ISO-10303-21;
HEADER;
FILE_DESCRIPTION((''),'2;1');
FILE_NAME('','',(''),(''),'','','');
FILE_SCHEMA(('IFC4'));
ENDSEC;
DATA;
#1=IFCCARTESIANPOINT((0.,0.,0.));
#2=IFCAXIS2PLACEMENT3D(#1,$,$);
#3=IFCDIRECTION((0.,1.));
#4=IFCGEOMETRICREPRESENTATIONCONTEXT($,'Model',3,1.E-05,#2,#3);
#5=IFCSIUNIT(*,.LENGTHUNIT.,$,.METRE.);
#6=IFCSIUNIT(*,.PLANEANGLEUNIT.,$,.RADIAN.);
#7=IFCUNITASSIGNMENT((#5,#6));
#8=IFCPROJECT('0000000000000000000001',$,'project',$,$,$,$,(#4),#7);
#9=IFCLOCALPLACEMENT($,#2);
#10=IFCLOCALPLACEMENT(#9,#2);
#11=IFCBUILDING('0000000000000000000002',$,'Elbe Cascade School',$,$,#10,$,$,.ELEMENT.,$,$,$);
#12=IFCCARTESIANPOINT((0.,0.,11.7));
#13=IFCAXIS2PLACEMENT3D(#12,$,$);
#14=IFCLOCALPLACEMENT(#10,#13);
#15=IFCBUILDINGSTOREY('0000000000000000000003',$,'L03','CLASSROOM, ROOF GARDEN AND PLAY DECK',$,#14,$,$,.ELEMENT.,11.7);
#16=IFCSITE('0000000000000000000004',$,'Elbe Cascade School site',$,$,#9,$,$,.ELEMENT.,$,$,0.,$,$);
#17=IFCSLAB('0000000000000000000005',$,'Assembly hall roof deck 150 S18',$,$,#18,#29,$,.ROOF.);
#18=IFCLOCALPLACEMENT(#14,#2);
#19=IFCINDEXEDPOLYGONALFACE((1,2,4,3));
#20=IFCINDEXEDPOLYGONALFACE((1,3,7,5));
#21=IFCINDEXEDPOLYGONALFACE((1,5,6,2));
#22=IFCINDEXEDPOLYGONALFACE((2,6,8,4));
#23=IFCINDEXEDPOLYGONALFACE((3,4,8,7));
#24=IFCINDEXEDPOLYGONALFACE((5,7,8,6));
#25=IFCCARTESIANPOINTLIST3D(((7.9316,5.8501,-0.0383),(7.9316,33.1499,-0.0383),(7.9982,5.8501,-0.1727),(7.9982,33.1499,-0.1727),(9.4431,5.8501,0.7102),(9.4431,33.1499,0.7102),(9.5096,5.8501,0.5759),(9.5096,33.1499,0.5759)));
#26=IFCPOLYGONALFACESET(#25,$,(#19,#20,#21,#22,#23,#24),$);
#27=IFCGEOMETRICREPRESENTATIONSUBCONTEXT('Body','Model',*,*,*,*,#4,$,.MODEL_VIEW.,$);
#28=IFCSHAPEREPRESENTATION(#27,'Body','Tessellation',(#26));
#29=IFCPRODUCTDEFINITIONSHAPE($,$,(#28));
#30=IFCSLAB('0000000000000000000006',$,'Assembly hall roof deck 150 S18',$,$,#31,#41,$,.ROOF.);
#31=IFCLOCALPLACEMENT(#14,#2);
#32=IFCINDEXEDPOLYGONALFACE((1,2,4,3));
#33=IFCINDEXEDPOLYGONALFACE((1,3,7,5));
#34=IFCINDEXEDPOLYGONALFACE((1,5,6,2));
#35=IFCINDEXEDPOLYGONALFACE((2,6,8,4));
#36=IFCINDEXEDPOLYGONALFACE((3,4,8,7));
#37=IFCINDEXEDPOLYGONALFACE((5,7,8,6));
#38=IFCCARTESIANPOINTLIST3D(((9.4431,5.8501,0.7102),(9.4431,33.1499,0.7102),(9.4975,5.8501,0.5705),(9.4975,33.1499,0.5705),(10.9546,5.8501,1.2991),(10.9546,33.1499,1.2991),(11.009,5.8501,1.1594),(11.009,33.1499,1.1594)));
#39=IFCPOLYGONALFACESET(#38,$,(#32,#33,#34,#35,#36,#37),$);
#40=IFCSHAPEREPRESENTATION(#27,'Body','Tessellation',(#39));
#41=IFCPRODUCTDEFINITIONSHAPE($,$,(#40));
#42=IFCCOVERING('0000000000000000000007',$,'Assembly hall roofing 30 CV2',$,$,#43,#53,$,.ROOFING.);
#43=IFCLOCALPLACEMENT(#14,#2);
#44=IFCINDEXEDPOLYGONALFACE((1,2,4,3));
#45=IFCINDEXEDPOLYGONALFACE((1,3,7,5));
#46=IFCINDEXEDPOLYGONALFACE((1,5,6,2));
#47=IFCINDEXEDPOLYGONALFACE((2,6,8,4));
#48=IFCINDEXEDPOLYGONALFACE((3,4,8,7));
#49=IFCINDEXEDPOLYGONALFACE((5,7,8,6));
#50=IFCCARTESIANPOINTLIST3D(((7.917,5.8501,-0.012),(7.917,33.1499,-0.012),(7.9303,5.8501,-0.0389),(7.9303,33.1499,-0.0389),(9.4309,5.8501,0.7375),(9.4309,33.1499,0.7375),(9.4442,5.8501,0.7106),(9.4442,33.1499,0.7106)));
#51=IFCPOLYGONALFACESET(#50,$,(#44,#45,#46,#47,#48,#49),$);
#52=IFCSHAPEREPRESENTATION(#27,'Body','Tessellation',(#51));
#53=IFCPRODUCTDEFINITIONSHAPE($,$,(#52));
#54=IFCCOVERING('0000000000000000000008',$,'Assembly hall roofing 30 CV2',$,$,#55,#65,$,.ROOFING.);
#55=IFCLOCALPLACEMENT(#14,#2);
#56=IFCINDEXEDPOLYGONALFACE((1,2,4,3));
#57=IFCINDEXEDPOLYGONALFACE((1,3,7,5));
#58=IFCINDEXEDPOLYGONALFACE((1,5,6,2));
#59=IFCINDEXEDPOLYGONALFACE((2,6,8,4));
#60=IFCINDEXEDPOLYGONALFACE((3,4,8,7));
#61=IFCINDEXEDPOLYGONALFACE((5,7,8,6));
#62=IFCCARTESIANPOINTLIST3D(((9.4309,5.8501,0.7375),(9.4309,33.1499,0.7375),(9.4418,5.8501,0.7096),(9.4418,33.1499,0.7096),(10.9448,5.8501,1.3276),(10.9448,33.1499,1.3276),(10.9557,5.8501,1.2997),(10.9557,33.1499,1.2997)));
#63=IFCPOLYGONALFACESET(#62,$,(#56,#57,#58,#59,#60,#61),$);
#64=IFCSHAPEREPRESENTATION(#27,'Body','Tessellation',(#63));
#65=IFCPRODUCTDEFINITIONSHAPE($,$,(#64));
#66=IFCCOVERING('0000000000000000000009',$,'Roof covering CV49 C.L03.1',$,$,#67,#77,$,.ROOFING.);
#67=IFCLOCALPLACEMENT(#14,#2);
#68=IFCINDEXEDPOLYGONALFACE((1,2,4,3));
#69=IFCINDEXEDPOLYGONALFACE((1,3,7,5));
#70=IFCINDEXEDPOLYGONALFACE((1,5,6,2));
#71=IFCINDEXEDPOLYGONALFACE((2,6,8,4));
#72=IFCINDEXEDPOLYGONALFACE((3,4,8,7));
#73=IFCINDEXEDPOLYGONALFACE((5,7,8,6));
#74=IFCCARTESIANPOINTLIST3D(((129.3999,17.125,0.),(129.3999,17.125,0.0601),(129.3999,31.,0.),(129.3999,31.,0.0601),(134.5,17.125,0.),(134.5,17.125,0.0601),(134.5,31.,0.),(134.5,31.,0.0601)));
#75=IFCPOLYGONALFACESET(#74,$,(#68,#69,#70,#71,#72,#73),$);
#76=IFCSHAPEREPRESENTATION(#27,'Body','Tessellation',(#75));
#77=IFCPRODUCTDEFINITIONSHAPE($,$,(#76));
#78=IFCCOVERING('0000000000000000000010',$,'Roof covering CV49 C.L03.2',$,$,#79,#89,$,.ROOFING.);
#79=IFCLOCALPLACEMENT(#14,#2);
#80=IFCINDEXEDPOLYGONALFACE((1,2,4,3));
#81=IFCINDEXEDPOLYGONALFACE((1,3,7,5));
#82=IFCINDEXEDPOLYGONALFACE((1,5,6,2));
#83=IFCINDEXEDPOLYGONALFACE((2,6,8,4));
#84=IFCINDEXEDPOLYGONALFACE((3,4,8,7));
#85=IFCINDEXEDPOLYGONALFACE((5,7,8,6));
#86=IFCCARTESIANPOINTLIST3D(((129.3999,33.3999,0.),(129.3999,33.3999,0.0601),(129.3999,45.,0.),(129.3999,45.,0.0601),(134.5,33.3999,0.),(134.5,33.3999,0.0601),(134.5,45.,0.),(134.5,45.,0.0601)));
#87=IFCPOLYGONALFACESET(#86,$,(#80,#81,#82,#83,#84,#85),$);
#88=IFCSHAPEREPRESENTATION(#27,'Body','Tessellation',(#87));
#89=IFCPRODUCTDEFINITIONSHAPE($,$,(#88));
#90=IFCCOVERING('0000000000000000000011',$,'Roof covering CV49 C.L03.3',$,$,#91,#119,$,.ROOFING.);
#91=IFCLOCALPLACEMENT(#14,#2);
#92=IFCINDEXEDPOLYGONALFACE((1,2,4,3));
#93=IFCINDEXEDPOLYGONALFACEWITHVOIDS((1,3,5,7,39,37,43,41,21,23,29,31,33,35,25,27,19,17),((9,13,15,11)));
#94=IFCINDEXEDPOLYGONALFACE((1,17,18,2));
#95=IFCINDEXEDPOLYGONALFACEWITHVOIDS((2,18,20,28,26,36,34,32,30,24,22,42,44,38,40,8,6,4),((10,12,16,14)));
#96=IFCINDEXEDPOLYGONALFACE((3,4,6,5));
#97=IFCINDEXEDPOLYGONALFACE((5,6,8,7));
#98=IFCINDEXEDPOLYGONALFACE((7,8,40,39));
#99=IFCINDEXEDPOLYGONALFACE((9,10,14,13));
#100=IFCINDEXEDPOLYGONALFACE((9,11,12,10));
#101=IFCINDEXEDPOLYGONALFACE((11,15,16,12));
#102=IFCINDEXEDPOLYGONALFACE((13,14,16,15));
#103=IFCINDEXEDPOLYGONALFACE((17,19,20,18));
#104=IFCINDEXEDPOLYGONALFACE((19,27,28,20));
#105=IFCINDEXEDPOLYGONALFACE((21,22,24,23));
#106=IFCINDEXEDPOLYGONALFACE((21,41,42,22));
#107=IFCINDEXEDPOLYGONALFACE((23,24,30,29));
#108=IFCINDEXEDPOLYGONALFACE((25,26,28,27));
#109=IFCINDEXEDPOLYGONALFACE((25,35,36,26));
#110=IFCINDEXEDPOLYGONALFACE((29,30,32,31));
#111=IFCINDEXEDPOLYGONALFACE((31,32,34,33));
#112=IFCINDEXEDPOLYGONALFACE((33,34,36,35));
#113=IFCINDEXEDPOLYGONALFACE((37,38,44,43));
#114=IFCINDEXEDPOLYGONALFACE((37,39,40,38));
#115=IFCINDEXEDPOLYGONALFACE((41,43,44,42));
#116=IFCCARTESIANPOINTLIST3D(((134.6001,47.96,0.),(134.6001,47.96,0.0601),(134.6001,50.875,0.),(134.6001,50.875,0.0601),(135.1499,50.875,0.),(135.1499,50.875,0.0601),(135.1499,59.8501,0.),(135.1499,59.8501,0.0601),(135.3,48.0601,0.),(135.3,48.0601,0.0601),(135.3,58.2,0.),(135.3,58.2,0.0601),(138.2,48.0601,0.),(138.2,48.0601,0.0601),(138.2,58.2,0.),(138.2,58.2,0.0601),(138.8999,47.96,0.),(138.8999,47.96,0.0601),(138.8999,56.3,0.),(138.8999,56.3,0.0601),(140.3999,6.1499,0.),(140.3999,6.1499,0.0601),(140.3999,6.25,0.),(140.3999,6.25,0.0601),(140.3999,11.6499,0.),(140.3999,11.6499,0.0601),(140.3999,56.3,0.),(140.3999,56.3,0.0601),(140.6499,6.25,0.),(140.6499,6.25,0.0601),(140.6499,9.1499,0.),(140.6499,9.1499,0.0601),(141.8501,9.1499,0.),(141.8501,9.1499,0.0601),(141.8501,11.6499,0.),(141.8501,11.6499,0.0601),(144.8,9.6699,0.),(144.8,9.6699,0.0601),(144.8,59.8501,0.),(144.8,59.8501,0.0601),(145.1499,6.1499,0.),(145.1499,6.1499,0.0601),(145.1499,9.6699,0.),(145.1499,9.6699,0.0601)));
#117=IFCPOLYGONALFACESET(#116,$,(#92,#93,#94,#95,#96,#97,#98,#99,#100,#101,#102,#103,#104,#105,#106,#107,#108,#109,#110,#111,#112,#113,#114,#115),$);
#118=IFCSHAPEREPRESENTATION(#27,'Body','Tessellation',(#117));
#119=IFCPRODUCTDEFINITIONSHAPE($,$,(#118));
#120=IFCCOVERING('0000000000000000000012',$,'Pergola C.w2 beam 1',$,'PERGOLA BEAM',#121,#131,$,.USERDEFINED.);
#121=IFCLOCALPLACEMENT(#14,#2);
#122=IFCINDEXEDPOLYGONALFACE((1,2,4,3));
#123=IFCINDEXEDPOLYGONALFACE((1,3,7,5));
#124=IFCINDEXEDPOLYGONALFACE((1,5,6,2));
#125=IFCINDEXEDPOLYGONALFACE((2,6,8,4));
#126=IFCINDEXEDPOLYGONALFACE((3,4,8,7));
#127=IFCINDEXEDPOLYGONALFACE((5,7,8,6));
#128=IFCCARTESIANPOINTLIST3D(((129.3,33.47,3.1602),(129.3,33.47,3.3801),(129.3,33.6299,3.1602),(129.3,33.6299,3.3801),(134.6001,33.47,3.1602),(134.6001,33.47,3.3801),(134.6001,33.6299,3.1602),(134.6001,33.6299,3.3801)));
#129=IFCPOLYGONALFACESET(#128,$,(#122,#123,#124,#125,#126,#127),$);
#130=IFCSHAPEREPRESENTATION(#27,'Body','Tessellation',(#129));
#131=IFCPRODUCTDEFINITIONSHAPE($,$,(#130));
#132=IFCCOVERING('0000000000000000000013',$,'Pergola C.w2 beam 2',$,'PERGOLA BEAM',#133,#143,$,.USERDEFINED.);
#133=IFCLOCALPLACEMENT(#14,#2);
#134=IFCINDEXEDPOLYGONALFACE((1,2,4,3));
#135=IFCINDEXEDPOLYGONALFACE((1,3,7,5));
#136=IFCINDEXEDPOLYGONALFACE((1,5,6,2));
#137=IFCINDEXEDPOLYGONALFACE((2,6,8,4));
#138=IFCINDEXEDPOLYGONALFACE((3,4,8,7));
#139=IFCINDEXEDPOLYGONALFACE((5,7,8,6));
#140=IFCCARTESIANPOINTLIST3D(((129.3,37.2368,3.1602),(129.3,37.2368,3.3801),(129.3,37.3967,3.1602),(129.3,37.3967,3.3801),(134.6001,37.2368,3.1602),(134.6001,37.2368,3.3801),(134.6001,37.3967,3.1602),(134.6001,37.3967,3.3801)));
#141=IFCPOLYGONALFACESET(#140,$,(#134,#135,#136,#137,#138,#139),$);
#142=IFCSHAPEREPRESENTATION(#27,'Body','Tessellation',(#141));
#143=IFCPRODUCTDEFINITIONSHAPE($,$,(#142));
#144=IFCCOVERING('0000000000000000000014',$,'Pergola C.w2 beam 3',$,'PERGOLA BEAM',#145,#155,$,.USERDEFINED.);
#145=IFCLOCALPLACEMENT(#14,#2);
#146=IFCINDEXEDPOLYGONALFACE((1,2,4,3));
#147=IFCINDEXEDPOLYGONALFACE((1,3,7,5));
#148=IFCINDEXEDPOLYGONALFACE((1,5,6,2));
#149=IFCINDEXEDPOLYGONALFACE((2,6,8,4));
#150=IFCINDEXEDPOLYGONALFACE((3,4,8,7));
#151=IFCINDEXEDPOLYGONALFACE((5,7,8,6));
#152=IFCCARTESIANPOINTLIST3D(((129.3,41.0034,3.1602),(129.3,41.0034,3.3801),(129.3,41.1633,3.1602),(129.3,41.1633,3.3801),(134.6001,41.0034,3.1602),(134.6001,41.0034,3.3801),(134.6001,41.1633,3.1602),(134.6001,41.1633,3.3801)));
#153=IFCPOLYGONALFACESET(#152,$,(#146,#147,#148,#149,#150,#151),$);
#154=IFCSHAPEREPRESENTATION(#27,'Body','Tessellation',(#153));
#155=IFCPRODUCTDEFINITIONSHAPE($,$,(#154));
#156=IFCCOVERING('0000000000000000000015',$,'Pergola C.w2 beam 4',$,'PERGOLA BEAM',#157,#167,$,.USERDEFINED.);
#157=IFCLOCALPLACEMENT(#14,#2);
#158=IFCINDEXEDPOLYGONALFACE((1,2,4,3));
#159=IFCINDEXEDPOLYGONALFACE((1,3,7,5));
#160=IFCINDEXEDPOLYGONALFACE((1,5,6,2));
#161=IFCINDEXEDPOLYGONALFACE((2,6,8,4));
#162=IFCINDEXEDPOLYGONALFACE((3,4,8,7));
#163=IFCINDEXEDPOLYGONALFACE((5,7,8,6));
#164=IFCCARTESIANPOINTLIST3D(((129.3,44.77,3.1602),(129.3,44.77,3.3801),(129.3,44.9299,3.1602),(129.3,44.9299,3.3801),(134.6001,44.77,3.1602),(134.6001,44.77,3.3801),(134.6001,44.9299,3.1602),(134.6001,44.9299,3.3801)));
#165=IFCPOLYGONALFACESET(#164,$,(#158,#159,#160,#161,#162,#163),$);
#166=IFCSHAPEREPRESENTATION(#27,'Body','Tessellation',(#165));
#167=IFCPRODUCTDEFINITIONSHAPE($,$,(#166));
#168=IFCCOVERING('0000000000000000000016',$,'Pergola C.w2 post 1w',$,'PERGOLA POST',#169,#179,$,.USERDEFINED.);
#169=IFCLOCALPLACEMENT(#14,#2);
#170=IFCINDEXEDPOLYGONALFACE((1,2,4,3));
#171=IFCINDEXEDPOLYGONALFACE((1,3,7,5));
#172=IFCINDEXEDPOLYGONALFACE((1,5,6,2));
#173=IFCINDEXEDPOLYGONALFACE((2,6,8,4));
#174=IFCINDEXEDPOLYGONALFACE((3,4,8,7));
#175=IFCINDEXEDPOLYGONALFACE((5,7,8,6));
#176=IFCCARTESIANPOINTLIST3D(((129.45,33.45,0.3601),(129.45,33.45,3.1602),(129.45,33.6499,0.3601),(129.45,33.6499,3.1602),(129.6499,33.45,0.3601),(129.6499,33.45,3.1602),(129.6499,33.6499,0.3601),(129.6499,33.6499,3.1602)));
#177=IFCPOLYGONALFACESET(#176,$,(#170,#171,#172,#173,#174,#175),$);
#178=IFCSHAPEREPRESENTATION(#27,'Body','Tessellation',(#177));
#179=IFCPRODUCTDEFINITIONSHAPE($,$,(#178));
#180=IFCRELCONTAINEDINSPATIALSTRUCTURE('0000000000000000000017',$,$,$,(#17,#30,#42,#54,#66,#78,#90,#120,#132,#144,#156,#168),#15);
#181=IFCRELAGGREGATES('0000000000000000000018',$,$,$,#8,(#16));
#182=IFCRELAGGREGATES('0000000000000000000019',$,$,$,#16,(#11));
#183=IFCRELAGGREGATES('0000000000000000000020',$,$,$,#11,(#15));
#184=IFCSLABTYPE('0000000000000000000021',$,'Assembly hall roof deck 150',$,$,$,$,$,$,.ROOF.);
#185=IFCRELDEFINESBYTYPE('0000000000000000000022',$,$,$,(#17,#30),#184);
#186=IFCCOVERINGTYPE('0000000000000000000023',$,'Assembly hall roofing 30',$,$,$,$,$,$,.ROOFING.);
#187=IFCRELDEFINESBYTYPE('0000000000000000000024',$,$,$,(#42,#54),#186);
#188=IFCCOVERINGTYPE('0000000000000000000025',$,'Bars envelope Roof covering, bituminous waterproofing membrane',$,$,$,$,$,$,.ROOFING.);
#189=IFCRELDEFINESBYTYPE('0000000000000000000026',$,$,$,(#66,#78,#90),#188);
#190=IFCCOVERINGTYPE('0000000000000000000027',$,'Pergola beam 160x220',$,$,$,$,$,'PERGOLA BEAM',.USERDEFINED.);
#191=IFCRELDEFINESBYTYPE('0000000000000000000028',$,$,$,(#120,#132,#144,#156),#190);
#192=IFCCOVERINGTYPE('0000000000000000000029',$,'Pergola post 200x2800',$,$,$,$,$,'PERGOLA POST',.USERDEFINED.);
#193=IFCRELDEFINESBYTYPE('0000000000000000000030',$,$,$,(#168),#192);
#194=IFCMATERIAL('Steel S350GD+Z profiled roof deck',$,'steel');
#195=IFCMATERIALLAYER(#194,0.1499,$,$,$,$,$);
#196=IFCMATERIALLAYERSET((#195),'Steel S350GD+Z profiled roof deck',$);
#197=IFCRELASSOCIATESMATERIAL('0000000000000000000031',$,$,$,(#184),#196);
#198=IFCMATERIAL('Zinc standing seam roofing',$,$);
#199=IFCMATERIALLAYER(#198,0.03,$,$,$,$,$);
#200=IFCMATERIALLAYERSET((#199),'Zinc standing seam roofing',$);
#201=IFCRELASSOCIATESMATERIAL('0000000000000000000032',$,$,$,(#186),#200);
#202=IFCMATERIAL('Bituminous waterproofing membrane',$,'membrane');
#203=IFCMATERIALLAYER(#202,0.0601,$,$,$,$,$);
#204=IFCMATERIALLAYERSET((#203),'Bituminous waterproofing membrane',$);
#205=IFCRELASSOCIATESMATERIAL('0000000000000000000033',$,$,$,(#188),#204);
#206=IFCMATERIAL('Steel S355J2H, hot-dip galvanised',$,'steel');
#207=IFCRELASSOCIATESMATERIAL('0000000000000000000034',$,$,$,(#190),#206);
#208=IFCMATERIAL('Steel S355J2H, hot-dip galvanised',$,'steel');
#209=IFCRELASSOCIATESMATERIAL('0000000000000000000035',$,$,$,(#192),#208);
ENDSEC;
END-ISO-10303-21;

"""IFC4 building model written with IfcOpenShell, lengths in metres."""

from ifc_helpers import new_model, si_unit, direction, frame, origin, place, context, subcontext, project, spatial, polyline, outline, extrude, material, layer, layer_set, type_object, element, save


model = new_model("IFC4")

# Units and contexts
model_context = context("Model", 3, precision=1e-05, world=origin(), true_north=direction((0.0, 1.0)))
body_context = subcontext(model_context, "Body", "Model", "MODEL_VIEW")
ifc_project = project(units=[si_unit("LENGTHUNIT", "METRE"), si_unit("PLANEANGLEUNIT", "RADIAN")], contexts=[model_context])

# Site, building, storey
site_placement = place(None, origin())
site = spatial("IfcSite", under=ifc_project, at=site_placement, Name="Elbe Cascade School site", CompositionType="ELEMENT", RefElevation=0.0)
building_placement = place(site_placement, origin())
building = spatial("IfcBuilding", under=site, at=building_placement, Name="Elbe Cascade School", CompositionType="ELEMENT")
storey_placement = place(building_placement, frame((0.0, 0.0, 11.7)))
storey = spatial("IfcBuildingStorey", under=building, at=storey_placement, Name="L03", Description="CLASSROOM, ROOF GARDEN AND PLAY DECK", CompositionType="ELEMENT", Elevation=11.7)

# Slabs
ifc_material_1 = material(Name="Steel S350GD+Z profiled roof deck", Category="steel")
ifc_layer_1 = layer(ifc_material_1, 0.1499)
ifc_layer_set_1 = layer_set([ifc_layer_1], Name="Steel S350GD+Z profiled roof deck")
slab_type = type_object("IfcSlabType", Name="Assembly hall roof deck 150", PredefinedType="ROOF", material=ifc_layer_set_1)
slab_1_placement = place(storey_placement, frame((7.9316, 5.8501, -0.0383), z_axis=(-0.443794, 0.0, 0.896129), x_axis=(0.896129, 0.0, 0.443794)))
element("IfcSlab", 1, at=slab_1_placement, inside=storey, type_object=slab_type, Name="Assembly hall roof deck 150 S18", PredefinedType="ROOF", context=body_context, shape_type="SweptSolid", body=[
    extrude(outline(polyline([(0.0, 0.0), (1.6867, 0.0), (1.6867, 27.2998), (0.0, 27.2998), (0.0, 0.0)])), origin(), (0.0, 0.0, -1.0), 0.1499),
])
slab_2_placement = place(storey_placement, frame((9.4431, 5.8501, 0.7102), z_axis=(-0.36302, 0.0, 0.931781), x_axis=(0.931781, 0.0, 0.36302)))
element("IfcSlab", 2, at=slab_2_placement, inside=storey, type_object=slab_type, Name="Assembly hall roof deck 150 S18", PredefinedType="ROOF", context=body_context, shape_type="SweptSolid", body=[
    extrude(outline(polyline([(0.0, 0.0), (1.6221, 0.0), (1.6221, 27.2998), (0.0, 27.2998), (0.0, 0.0)])), origin(), (0.0, 0.0, -1.0), 0.1499),
])

# Coverings
ifc_material_2 = material(Name="Zinc standing seam roofing")
ifc_layer_2 = layer(ifc_material_2, 0.03)
ifc_layer_set_2 = layer_set([ifc_layer_2], Name="Zinc standing seam roofing")
covering_type_1 = type_object("IfcCoveringType", Name="Assembly hall roofing 30", PredefinedType="ROOFING", material=ifc_layer_set_2)
covering_1_placement = place(storey_placement, frame((7.917, 5.8501, -0.012), z_axis=(-0.443684, 0.0, 0.896183), x_axis=(0.896183, 0.0, 0.443684)))
element("IfcCovering", 3, at=covering_1_placement, inside=storey, type_object=covering_type_1, Name="Assembly hall roofing 30 CV2", PredefinedType="ROOFING", context=body_context, shape_type="SweptSolid", body=[
    extrude(outline(polyline([(0.0, 0.0), (1.6893, 0.0), (1.6893, 27.2998), (0.0, 27.2998), (0.0, 0.0)])), origin(), (0.0, 0.0, -1.0), 0.03),
])
covering_2_placement = place(storey_placement, frame((9.4309, 5.8501, 0.7375), z_axis=(-0.363164, 0.0, 0.931725), x_axis=(0.931725, 0.0, 0.363164)))
element("IfcCovering", 4, at=covering_2_placement, inside=storey, type_object=covering_type_1, Name="Assembly hall roofing 30 CV2", PredefinedType="ROOFING", context=body_context, shape_type="SweptSolid", body=[
    extrude(outline(polyline([(0.0, 0.0), (1.6249, 0.0), (1.6249, 27.2998), (0.0, 27.2998), (0.0, 0.0)])), origin(), (0.0, 0.0, -1.0), 0.03),
])
ifc_material_3 = material(Name="Bituminous waterproofing membrane", Category="membrane")
ifc_layer_3 = layer(ifc_material_3, 0.0601)
ifc_layer_set_3 = layer_set([ifc_layer_3], Name="Bituminous waterproofing membrane")
covering_type_2 = type_object("IfcCoveringType", Name="Bars envelope Roof covering, bituminous waterproofing membrane", PredefinedType="ROOFING", material=ifc_layer_set_3)
covering_3_placement = place(storey_placement, origin())
element("IfcCovering", 5, at=covering_3_placement, inside=storey, type_object=covering_type_2, Name="Roof covering CV49 C.L03.1", PredefinedType="ROOFING", context=body_context, shape_type="SweptSolid", body=[
    extrude(outline(polyline([(129.3999, 17.125), (129.3999, 31.0), (134.5, 31.0), (134.5, 17.125), (129.3999, 17.125)])), origin(), (0.0, 0.0, 1.0), 0.0601),
])
covering_4_placement = place(storey_placement, origin())
element("IfcCovering", 6, at=covering_4_placement, inside=storey, type_object=covering_type_2, Name="Roof covering CV49 C.L03.2", PredefinedType="ROOFING", context=body_context, shape_type="SweptSolid", body=[
    extrude(outline(polyline([(134.5, 45.0), (134.5, 33.3999), (129.3999, 33.3999), (129.3999, 45.0), (134.5, 45.0)])), origin(), (0.0, 0.0, 1.0), 0.0601),
])
covering_5_placement = place(storey_placement, origin())
element("IfcCovering", 7, at=covering_5_placement, inside=storey, type_object=covering_type_2, Name="Roof covering CV49 C.L03.3", PredefinedType="ROOFING", context=body_context, shape_type="SweptSolid", body=[
    extrude(outline(polyline([(135.1499, 50.875), (135.1499, 59.8501), (144.8, 59.8501), (144.8, 9.6699), (145.1499, 9.6699), (145.1499, 6.1499), (140.3999, 6.1499), (140.3999, 6.25), (140.6499, 6.25), (140.6499, 9.1499), (141.8501, 9.1499), (141.8501, 11.6499), (140.3999, 11.6499), (140.3999, 56.3), (138.8999, 56.3), (138.8999, 47.96), (134.6001, 47.96), (134.6001, 50.875), (135.1499, 50.875)]), holes=[polyline([(135.3, 48.0601), (138.2, 48.0601), (138.2, 58.2), (135.3, 58.2), (135.3, 48.0601)])]), origin(), (0.0, 0.0, 1.0), 0.0601),
])
ifc_material_4 = material(Name="Steel S355J2H, hot-dip galvanised", Category="steel")
covering_type_3 = type_object("IfcCoveringType", Name="Pergola beam 160x220", ElementType="PERGOLA BEAM", PredefinedType="USERDEFINED", material=ifc_material_4)
covering_6_placement = place(storey_placement, frame((0.0, 0.0, 3.1602)))
element("IfcCovering", 8, at=covering_6_placement, inside=storey, type_object=covering_type_3, Name="Pergola C.w2 beam 1", ObjectType="PERGOLA BEAM", PredefinedType="USERDEFINED", context=body_context, shape_type="SweptSolid", body=[
    extrude(outline(polyline([(129.3, 33.47), (134.6001, 33.47), (134.6001, 33.6299), (129.3, 33.6299), (129.3, 33.47)])), origin(), (0.0, 0.0, 1.0), 0.22),
])
covering_7_placement = place(storey_placement, frame((0.0, 0.0, 3.1602)))
element("IfcCovering", 9, at=covering_7_placement, inside=storey, type_object=covering_type_3, Name="Pergola C.w2 beam 2", ObjectType="PERGOLA BEAM", PredefinedType="USERDEFINED", context=body_context, shape_type="SweptSolid", body=[
    extrude(outline(polyline([(129.3, 37.2368), (134.6001, 37.2368), (134.6001, 37.3967), (129.3, 37.3967), (129.3, 37.2368)])), origin(), (0.0, 0.0, 1.0), 0.22),
])
covering_8_placement = place(storey_placement, frame((0.0, 0.0, 3.1602)))
element("IfcCovering", 10, at=covering_8_placement, inside=storey, type_object=covering_type_3, Name="Pergola C.w2 beam 3", ObjectType="PERGOLA BEAM", PredefinedType="USERDEFINED", context=body_context, shape_type="SweptSolid", body=[
    extrude(outline(polyline([(129.3, 41.0034), (134.6001, 41.0034), (134.6001, 41.1633), (129.3, 41.1633), (129.3, 41.0034)])), origin(), (0.0, 0.0, 1.0), 0.22),
])
covering_9_placement = place(storey_placement, frame((0.0, 0.0, 3.1602)))
element("IfcCovering", 11, at=covering_9_placement, inside=storey, type_object=covering_type_3, Name="Pergola C.w2 beam 4", ObjectType="PERGOLA BEAM", PredefinedType="USERDEFINED", context=body_context, shape_type="SweptSolid", body=[
    extrude(outline(polyline([(129.3, 44.77), (134.6001, 44.77), (134.6001, 44.9299), (129.3, 44.9299), (129.3, 44.77)])), origin(), (0.0, 0.0, 1.0), 0.22),
])
ifc_material_5 = material(Name="Steel S355J2H, hot-dip galvanised", Category="steel")
covering_type_4 = type_object("IfcCoveringType", Name="Pergola post 200x2800", ElementType="PERGOLA POST", PredefinedType="USERDEFINED", material=ifc_material_5)
covering_10_placement = place(storey_placement, frame((0.0, 0.0, 0.3601)))
element("IfcCovering", 12, at=covering_10_placement, inside=storey, type_object=covering_type_4, Name="Pergola C.w2 post 1w", ObjectType="PERGOLA POST", PredefinedType="USERDEFINED", context=body_context, shape_type="SweptSolid", body=[
    extrude(outline(polyline([(129.45, 33.45), (129.6499, 33.45), (129.6499, 33.6499), (129.45, 33.6499), (129.45, 33.45)])), origin(), (0.0, 0.0, 1.0), 2.8),
])

save(model, "model.ifc")
